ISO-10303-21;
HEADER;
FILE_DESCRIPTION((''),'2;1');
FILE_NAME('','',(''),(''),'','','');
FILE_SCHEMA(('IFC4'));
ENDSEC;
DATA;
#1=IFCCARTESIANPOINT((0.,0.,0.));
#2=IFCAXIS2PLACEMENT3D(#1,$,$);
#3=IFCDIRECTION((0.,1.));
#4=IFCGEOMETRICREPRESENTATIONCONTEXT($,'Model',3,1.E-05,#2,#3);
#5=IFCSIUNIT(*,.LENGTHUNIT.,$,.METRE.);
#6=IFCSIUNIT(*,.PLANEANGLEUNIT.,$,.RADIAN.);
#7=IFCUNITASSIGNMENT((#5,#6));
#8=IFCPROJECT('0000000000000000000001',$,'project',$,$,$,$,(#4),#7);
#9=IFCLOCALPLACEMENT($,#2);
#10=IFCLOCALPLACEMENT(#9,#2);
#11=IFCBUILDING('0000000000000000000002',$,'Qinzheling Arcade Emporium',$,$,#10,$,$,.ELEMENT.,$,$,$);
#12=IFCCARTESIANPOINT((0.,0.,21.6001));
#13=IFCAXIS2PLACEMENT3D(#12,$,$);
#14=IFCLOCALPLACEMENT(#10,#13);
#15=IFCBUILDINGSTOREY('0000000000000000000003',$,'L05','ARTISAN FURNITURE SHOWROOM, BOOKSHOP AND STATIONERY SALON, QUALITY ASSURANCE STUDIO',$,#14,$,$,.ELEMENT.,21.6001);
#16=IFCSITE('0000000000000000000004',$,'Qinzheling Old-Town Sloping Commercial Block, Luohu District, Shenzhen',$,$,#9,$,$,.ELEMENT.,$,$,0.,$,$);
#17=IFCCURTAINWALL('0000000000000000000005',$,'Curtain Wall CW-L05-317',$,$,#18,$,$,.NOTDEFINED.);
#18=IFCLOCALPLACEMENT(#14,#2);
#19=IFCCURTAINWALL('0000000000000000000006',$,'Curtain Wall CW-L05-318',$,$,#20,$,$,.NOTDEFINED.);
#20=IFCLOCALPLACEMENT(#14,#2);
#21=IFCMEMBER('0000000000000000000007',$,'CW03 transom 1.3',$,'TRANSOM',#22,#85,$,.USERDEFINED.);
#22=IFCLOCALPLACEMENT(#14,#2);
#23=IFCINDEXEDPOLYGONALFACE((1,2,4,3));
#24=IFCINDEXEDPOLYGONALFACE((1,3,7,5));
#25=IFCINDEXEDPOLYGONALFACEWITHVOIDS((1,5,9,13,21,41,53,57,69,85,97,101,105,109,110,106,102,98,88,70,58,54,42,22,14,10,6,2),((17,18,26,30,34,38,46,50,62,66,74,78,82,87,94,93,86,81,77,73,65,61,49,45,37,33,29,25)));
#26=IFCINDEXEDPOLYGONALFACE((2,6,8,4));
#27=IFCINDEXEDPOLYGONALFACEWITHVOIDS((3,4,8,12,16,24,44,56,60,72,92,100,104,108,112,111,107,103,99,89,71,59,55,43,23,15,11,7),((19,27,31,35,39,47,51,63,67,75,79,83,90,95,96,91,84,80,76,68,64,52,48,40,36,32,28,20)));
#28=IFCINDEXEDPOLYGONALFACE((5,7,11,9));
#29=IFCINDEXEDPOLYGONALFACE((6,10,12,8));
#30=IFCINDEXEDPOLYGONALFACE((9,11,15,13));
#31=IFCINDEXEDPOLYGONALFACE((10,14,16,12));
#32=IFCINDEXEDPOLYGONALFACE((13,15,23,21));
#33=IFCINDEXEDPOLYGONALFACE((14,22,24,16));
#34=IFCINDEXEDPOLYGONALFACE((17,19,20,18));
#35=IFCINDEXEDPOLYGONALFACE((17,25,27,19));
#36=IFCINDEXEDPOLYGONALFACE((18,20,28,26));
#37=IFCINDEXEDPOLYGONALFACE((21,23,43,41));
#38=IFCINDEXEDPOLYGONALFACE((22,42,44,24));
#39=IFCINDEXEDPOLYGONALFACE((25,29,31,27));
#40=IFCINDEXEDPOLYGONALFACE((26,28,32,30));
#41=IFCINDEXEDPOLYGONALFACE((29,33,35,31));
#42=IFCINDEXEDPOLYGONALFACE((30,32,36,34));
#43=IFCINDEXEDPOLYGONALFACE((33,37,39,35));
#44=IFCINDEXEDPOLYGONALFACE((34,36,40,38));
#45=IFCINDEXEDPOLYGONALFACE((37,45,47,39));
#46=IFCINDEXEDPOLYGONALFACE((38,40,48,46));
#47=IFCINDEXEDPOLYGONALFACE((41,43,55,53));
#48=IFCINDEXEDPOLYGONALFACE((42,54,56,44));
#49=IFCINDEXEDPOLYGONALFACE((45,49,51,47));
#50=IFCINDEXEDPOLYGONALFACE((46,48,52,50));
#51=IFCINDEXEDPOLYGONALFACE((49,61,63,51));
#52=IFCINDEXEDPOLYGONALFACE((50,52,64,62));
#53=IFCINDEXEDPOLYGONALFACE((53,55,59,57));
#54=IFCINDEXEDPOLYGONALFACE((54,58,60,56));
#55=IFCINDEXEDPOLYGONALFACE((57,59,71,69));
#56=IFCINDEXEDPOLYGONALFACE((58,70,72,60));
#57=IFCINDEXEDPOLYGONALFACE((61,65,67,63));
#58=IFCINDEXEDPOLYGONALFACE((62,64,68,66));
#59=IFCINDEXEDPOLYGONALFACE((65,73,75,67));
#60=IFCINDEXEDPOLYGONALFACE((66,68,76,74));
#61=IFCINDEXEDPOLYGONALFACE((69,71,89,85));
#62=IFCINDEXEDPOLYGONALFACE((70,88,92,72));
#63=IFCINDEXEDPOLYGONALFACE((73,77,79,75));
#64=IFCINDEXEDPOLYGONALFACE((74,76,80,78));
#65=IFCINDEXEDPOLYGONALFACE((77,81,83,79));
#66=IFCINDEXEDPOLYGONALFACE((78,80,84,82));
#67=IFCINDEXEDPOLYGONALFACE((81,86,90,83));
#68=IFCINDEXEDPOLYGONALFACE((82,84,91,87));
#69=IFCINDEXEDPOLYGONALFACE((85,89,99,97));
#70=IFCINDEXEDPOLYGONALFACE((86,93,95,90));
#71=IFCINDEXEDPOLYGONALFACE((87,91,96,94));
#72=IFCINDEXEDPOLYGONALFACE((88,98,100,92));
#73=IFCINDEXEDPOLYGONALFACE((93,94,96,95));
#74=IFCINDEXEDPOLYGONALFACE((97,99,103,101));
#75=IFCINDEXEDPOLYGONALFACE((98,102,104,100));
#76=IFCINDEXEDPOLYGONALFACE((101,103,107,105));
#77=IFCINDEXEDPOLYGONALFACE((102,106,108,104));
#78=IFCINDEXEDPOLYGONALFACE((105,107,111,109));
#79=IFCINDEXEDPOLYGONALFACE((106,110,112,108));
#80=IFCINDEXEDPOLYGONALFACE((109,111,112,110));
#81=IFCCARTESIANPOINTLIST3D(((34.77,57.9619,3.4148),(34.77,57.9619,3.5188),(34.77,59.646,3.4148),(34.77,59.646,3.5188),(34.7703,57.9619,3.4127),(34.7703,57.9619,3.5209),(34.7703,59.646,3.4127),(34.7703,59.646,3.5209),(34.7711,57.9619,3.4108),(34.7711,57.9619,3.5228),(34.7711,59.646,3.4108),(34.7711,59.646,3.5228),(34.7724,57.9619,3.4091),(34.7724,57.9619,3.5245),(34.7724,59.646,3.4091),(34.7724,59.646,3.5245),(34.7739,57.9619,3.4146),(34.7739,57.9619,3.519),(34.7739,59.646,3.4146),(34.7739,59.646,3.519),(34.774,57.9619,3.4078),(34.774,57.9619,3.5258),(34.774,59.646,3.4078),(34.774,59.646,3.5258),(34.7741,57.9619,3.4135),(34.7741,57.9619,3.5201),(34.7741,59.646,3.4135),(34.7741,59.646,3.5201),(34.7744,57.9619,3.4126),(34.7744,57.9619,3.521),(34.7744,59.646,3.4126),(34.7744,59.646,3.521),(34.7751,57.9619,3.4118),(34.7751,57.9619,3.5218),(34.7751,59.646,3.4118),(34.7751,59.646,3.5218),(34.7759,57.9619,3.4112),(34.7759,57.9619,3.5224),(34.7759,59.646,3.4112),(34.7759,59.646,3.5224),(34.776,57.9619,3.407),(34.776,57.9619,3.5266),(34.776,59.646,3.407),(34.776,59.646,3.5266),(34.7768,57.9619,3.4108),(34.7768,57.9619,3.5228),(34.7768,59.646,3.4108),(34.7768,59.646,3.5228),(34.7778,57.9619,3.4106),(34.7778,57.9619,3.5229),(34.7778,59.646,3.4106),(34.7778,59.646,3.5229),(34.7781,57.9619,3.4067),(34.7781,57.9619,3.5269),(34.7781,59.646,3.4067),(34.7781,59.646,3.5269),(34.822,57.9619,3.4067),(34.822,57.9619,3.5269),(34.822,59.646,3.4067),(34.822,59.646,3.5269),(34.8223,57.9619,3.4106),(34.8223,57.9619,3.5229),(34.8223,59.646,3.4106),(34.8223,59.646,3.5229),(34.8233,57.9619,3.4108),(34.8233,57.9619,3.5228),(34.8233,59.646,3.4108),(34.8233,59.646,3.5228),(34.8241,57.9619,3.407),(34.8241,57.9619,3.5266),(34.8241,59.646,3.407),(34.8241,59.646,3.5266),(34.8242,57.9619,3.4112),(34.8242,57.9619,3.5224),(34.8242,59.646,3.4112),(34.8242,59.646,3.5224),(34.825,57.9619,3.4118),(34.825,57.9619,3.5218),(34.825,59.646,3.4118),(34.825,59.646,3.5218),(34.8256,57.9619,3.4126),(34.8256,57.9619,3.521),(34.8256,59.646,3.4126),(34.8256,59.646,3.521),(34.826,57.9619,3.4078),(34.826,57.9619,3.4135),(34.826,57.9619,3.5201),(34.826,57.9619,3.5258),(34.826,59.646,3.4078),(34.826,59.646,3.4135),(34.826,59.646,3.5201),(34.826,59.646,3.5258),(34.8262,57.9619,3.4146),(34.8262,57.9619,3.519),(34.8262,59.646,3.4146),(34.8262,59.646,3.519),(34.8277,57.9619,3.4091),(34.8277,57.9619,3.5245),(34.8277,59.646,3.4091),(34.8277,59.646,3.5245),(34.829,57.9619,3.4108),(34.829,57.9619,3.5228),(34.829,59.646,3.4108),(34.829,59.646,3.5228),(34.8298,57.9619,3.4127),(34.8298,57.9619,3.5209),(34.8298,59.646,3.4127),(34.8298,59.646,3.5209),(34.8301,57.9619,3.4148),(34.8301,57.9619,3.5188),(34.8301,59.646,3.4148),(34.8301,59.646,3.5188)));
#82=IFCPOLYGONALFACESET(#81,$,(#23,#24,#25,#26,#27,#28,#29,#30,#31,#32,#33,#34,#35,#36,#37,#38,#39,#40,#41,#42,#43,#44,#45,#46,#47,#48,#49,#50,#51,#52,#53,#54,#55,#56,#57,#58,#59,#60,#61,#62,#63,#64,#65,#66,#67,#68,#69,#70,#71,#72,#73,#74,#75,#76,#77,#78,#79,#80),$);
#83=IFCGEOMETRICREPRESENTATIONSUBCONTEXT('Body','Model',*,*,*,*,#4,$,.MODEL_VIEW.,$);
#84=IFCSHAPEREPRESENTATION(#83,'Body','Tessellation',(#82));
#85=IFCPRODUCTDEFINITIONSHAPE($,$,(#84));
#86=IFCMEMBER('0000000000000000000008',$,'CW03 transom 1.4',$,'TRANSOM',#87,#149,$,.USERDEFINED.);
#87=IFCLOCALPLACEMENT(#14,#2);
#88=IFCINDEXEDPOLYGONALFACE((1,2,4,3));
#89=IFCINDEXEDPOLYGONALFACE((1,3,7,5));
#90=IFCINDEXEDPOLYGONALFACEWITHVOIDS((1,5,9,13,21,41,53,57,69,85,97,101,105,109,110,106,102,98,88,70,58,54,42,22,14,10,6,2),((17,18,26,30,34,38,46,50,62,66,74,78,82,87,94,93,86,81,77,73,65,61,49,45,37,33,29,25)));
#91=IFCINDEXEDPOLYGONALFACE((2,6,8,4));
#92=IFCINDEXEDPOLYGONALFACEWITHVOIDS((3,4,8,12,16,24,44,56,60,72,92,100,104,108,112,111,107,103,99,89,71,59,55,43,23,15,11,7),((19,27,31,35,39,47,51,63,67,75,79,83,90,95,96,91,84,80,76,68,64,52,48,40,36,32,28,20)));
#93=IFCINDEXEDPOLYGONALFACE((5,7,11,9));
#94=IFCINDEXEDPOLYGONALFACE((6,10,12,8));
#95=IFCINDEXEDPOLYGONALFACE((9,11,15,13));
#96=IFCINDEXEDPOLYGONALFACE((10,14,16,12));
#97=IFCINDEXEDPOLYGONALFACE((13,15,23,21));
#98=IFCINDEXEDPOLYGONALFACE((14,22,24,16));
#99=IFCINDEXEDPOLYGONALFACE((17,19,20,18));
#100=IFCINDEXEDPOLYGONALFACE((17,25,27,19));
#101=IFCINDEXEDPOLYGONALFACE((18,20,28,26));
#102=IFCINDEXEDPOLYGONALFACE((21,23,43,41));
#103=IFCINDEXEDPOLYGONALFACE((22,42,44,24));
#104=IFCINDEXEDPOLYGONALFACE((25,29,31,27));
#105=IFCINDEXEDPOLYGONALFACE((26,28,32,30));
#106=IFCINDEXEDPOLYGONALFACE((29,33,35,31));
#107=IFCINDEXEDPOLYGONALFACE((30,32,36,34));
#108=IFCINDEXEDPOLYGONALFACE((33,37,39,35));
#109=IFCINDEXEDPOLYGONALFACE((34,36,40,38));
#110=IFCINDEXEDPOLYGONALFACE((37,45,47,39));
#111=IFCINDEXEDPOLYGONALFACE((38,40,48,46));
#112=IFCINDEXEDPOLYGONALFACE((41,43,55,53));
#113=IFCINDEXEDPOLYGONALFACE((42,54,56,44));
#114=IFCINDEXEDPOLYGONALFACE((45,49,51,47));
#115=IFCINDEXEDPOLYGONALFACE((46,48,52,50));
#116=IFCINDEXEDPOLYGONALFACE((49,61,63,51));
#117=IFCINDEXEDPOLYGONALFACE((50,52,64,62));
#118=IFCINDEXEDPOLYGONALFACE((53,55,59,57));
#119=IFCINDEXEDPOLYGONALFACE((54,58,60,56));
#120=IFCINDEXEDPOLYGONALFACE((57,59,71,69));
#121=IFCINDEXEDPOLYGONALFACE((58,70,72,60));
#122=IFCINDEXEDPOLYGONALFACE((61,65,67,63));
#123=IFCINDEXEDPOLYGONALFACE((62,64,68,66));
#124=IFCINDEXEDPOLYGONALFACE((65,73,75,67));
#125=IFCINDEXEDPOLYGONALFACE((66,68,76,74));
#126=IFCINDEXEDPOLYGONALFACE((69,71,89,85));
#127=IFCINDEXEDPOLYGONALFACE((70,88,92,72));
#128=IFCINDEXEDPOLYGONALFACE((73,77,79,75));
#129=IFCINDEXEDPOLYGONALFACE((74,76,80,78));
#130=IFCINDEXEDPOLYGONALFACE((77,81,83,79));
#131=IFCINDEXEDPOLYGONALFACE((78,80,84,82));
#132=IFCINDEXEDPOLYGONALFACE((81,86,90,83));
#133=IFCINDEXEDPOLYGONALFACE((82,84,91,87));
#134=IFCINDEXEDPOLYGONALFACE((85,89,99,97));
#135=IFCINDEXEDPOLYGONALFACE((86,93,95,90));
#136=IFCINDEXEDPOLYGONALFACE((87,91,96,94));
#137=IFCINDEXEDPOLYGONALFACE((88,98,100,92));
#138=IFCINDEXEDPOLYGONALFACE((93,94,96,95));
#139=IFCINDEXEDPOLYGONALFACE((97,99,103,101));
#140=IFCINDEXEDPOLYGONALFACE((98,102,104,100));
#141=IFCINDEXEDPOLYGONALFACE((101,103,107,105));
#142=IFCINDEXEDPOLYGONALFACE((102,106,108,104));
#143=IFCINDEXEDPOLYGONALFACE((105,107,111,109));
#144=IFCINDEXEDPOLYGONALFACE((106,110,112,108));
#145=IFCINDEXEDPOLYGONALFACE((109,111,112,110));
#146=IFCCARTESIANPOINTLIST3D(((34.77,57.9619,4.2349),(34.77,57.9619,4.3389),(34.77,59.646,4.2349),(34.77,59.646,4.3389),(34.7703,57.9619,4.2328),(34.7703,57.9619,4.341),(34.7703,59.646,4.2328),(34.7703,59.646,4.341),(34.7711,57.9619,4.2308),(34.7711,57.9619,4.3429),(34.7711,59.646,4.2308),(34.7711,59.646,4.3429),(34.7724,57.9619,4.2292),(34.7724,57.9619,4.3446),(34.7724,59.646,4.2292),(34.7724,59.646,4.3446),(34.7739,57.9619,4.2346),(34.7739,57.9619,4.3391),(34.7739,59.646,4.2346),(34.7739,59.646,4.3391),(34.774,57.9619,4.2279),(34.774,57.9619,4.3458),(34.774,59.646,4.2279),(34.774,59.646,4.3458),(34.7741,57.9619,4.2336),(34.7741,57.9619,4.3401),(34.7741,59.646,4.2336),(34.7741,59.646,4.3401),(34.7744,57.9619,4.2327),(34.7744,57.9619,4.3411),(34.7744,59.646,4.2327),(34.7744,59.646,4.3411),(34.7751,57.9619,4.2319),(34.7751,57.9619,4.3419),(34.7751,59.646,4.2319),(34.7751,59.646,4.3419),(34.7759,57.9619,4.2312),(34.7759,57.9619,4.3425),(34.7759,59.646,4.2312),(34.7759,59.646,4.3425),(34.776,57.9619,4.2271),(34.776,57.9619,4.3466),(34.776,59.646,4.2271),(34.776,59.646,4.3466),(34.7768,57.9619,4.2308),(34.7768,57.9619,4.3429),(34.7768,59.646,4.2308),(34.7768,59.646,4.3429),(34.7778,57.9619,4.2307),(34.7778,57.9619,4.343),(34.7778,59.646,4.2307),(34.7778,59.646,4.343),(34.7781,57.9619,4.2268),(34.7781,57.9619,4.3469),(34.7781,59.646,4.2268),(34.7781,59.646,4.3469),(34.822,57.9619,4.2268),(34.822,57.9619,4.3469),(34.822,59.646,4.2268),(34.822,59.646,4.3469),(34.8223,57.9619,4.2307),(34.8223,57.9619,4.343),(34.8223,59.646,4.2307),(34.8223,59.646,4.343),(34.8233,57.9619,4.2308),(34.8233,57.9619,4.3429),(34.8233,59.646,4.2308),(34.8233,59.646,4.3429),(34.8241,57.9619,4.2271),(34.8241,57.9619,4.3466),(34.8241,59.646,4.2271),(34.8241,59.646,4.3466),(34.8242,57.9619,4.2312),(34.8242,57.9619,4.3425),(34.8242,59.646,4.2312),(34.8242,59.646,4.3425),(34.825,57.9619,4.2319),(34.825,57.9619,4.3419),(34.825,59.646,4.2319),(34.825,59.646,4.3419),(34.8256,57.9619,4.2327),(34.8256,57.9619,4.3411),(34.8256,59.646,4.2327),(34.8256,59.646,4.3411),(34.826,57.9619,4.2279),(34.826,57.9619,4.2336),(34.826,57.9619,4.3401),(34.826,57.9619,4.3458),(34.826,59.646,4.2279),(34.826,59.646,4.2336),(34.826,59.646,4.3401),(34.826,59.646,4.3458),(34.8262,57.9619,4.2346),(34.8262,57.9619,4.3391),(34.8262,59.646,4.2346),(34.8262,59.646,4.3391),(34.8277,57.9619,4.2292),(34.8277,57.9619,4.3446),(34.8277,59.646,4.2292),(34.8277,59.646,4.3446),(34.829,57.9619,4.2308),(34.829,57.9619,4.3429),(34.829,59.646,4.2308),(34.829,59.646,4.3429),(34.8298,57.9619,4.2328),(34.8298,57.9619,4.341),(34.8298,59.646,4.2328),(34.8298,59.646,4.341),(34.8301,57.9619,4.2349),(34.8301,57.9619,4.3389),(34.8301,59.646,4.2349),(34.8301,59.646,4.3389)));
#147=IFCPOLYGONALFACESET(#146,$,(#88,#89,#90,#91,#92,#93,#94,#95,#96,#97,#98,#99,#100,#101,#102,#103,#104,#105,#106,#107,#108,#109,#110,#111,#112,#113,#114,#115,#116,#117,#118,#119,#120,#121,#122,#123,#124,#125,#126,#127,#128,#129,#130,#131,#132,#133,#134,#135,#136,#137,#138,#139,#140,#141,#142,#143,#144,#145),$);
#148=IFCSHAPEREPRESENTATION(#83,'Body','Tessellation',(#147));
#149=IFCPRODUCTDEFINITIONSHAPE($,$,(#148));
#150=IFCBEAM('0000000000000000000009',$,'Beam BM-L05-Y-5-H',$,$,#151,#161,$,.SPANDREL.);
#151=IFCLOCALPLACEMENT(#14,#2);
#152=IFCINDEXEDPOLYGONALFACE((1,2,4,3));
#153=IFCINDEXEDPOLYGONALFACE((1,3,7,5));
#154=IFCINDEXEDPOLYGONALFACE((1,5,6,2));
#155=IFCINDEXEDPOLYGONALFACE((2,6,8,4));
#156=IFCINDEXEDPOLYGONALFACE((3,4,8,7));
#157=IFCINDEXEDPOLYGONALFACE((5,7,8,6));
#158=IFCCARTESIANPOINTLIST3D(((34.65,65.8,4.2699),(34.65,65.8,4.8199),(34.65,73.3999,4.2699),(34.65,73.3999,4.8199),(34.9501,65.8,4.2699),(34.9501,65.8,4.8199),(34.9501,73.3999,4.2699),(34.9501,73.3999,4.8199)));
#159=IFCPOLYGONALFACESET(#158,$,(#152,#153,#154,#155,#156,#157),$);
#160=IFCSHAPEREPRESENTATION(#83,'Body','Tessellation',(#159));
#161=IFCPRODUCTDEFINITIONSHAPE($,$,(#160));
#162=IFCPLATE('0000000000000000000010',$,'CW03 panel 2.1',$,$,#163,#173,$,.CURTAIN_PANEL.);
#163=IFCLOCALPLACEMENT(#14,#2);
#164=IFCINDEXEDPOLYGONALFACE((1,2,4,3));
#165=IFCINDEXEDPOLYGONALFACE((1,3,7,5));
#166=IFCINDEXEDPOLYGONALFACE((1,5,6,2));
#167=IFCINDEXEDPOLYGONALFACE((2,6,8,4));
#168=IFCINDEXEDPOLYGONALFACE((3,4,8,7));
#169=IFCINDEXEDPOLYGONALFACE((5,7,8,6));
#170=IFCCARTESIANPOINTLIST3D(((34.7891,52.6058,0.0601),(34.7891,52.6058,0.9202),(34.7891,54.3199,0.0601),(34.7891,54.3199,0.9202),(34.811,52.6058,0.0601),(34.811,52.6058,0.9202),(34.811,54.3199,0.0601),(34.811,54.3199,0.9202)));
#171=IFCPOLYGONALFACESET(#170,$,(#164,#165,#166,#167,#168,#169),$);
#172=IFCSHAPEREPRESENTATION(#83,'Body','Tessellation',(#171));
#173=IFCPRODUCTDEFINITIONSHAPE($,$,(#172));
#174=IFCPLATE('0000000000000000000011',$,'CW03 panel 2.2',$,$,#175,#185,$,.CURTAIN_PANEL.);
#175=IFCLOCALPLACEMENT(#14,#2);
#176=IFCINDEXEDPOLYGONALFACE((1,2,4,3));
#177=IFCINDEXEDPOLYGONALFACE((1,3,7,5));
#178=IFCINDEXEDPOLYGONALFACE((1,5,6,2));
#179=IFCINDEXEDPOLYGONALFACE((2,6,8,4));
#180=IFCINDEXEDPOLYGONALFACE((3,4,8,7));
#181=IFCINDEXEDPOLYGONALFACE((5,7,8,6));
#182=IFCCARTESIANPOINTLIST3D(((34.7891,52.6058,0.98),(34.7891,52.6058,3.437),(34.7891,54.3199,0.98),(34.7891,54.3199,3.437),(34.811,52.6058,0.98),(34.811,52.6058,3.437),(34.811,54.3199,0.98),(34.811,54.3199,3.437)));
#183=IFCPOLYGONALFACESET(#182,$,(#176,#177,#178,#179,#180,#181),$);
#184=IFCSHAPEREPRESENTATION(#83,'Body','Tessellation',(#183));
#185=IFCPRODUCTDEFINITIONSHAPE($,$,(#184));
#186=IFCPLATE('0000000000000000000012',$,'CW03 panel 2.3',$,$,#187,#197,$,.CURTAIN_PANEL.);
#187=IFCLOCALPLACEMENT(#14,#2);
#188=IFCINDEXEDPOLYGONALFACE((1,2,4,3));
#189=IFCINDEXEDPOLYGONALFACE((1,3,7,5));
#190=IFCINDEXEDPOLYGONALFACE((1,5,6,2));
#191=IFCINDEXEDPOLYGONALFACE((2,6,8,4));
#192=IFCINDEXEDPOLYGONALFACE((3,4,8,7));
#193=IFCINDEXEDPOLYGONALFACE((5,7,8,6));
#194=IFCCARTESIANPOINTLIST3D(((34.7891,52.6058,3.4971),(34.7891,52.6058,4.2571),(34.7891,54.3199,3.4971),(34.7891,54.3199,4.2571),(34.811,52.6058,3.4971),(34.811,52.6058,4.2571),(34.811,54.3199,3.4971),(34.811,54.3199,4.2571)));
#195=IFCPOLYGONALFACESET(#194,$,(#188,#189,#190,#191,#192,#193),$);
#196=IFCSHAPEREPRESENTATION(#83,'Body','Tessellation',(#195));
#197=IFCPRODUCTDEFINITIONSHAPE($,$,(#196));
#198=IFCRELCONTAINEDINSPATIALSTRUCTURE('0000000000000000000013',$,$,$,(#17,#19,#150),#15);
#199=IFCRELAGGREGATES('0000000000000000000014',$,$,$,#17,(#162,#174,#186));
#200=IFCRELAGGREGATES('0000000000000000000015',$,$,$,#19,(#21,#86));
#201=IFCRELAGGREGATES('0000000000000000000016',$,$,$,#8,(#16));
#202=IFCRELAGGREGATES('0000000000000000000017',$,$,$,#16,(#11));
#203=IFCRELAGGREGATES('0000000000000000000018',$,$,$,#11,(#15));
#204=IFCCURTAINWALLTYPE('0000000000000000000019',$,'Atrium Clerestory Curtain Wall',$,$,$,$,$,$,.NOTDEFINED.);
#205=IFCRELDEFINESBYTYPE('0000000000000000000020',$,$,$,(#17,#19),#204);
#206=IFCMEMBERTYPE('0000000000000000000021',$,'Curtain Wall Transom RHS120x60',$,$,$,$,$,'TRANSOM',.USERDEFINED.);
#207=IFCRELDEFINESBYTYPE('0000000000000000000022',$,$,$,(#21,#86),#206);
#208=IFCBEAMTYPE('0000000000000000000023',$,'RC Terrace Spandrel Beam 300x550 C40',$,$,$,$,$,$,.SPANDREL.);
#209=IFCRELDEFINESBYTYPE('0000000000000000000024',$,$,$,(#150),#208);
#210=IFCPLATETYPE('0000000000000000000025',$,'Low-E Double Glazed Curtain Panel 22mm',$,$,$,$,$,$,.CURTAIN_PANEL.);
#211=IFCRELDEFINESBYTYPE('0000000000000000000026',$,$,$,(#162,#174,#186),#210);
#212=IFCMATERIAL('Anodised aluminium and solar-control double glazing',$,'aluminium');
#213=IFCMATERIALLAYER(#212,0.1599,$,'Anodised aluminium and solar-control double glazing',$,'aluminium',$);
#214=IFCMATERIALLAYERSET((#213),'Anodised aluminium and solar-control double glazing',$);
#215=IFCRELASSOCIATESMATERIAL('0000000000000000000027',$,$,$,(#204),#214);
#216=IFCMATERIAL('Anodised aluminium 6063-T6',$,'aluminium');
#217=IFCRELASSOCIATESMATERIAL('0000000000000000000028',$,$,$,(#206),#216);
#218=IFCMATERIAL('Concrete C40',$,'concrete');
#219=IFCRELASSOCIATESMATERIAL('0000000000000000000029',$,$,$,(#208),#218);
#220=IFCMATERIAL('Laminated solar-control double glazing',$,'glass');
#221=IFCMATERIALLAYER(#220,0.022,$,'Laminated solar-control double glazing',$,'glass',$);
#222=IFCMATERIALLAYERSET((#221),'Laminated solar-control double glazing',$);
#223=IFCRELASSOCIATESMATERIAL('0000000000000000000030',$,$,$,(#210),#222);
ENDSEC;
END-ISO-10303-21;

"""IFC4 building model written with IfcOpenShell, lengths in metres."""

from ifc_helpers import new_model, si_unit, direction, frame, origin, origin_2d, place, context, subcontext, project, spatial, rectangle, hollow_rectangle, extrude, material, layer, layer_set, material_profile, profile_set, type_object, element, aggregate, save


model = new_model("IFC4")

# Units and contexts
model_context = context("Model", 3, precision=1e-05, world=origin(), true_north=direction((0.0, 1.0)))
body_context = subcontext(model_context, "Body", "Model", "MODEL_VIEW")
ifc_project = project(units=[si_unit("LENGTHUNIT", "METRE"), si_unit("PLANEANGLEUNIT", "RADIAN")], contexts=[model_context])

# Site, building, storey
site_placement = place(None, origin())
site = spatial("IfcSite", under=ifc_project, at=site_placement, Name="Qinzheling Old-Town Sloping Commercial Block, Luohu District, Shenzhen", CompositionType="ELEMENT", RefElevation=0.0)
building_placement = place(site_placement, origin())
building = spatial("IfcBuilding", under=site, at=building_placement, Name="Qinzheling Arcade Emporium", CompositionType="ELEMENT")
storey_placement = place(building_placement, frame((0.0, 0.0, 21.6001)))
storey = spatial("IfcBuildingStorey", under=building, at=storey_placement, Name="L05", Description="ARTISAN FURNITURE SHOWROOM, BOOKSHOP AND STATIONERY SALON, QUALITY ASSURANCE STUDIO", CompositionType="ELEMENT", Elevation=21.6001)

# Shared definitions
ifc_material_1 = material(Name="Concrete C40", Category="concrete")

# Curtain walls
ifc_material_2 = material(Name="Anodised aluminium and solar-control double glazing", Category="aluminium")
ifc_layer_1 = layer(ifc_material_2, 0.1599, Name="Anodised aluminium and solar-control double glazing", Category="aluminium")
ifc_layer_set_1 = layer_set([ifc_layer_1], Name="Anodised aluminium and solar-control double glazing")
curtain_wall_type = type_object("IfcCurtainWallType", Name="Atrium Clerestory Curtain Wall", PredefinedType="NOTDEFINED", material=ifc_layer_set_1)
curtain_wall_1_placement = place(storey_placement, origin())
curtain_wall_1 = element("IfcCurtainWall", 1, at=curtain_wall_1_placement, inside=storey, type_object=curtain_wall_type, Name="Curtain Wall CW-L05-317", PredefinedType="NOTDEFINED")
ifc_material_3 = material(Name="Anodised aluminium 6063-T6", Category="aluminium")
curtain_wall_2_placement = place(storey_placement, origin())
curtain_wall_2 = element("IfcCurtainWall", 2, at=curtain_wall_2_placement, inside=storey, type_object=curtain_wall_type, Name="Curtain Wall CW-L05-318", PredefinedType="NOTDEFINED")

# Members
ifc_material_profile_1 = material_profile(ifc_material_3, hollow_rectangle(XDim=0.0601, YDim=0.1201, WallThickness=0.0039, InnerFilletRadius=0.0039, OuterFilletRadius=0.0081, at=origin_2d()), Name="RHS 120x60x4", Category="aluminium")
ifc_profile_set_1 = profile_set([ifc_material_profile_1], Name="Anodised aluminium 6063-T6")
member_type_1 = type_object("IfcMemberType", Name="Curtain Wall Transom RHS120x60", ElementType="TRANSOM", PredefinedType="USERDEFINED", material=ifc_profile_set_1)
member_1_placement = place(storey_placement, frame((34.8, 57.9619, 3.4668), z_axis=(0.0, 1.0, 0.0), x_axis=(-1.0, 0.0, 0.0)))
member_1 = element("IfcMember", 3, at=member_1_placement, type_object=member_type_1, Name="CW03 transom 1.3", ObjectType="TRANSOM", PredefinedType="USERDEFINED", context=body_context, shape_type="SweptSolid", body=[
    extrude(hollow_rectangle(XDim=0.0601, YDim=0.1201, WallThickness=0.0039, InnerFilletRadius=0.0039, OuterFilletRadius=0.0081, at=origin_2d()), origin(), (0.0, 0.0, 1.0), 1.6841),
])
member_2_placement = place(storey_placement, frame((34.8, 57.9619, 4.2869), z_axis=(0.0, 1.0, 0.0), x_axis=(-1.0, 0.0, 0.0)))
member_2 = element("IfcMember", 4, at=member_2_placement, type_object=member_type_1, Name="CW03 transom 1.4", ObjectType="TRANSOM", PredefinedType="USERDEFINED", context=body_context, shape_type="SweptSolid", body=[
    extrude(hollow_rectangle(XDim=0.0601, YDim=0.1201, WallThickness=0.0039, InnerFilletRadius=0.0039, OuterFilletRadius=0.0081, at=origin_2d()), origin(), (0.0, 0.0, 1.0), 1.6841),
])

# Beam
ifc_material_profile_2 = material_profile(ifc_material_1, rectangle(XDim=0.3, YDim=0.55, at=origin_2d()), Name="RC 300x550", Category="concrete")
ifc_profile_set_2 = profile_set([ifc_material_profile_2], Name="Concrete C40")
beam_type = type_object("IfcBeamType", Name="RC Terrace Spandrel Beam 300x550 C40", PredefinedType="SPANDREL", material=ifc_profile_set_2)
beam_placement = place(storey_placement, frame((34.8, 65.8, 4.5449), z_axis=(0.0, 1.0, 0.0), x_axis=(-1.0, 0.0, 0.0)))
element("IfcBeam", 5, at=beam_placement, inside=storey, type_object=beam_type, Name="Beam BM-L05-Y-5-H", PredefinedType="SPANDREL", context=body_context, shape_type="SweptSolid", body=[
    extrude(rectangle(XDim=0.3, YDim=0.55, at=origin_2d()), origin(), (0.0, 0.0, 1.0), 7.5999),
])

# Plates
ifc_material_4 = material(Name="Laminated solar-control double glazing", Category="glass")
ifc_layer_2 = layer(ifc_material_4, 0.022, Name="Laminated solar-control double glazing", Category="glass")
ifc_layer_set_2 = layer_set([ifc_layer_2], Name="Laminated solar-control double glazing")
plate_type_1 = type_object("IfcPlateType", Name="Low-E Double Glazed Curtain Panel 22mm", PredefinedType="CURTAIN_PANEL", material=ifc_layer_set_2)
plate_1_placement = place(storey_placement, frame((34.8, 53.4629, 0.0601), z_axis=(0.0, 0.0, 1.0), x_axis=(0.0, 1.0, 0.0)))
plate_1 = element("IfcPlate", 6, at=plate_1_placement, type_object=plate_type_1, Name="CW03 panel 2.1", PredefinedType="CURTAIN_PANEL", context=body_context, shape_type="SweptSolid", body=[
    extrude(rectangle(XDim=1.7141, YDim=0.022, at=origin_2d()), origin(), (0.0, 0.0, 1.0), 0.8601),
])
plate_2_placement = place(storey_placement, frame((34.8, 53.4629, 0.98), z_axis=(0.0, 0.0, 1.0), x_axis=(0.0, 1.0, 0.0)))
plate_2 = element("IfcPlate", 7, at=plate_2_placement, type_object=plate_type_1, Name="CW03 panel 2.2", PredefinedType="CURTAIN_PANEL", context=body_context, shape_type="SweptSolid", body=[
    extrude(rectangle(XDim=1.7141, YDim=0.022, at=origin_2d()), origin(), (0.0, 0.0, 1.0), 2.457),
])
plate_3_placement = place(storey_placement, frame((34.8, 53.4629, 3.4971), z_axis=(0.0, 0.0, 1.0), x_axis=(0.0, 1.0, 0.0)))
plate_3 = element("IfcPlate", 8, at=plate_3_placement, type_object=plate_type_1, Name="CW03 panel 2.3", PredefinedType="CURTAIN_PANEL", context=body_context, shape_type="SweptSolid", body=[
    extrude(rectangle(XDim=1.7141, YDim=0.022, at=origin_2d()), origin(), (0.0, 0.0, 1.0), 0.76),
])
aggregate(curtain_wall_1, [plate_1, plate_2, plate_3])
aggregate(curtain_wall_2, [member_1, member_2])

save(model, "model.ifc")
